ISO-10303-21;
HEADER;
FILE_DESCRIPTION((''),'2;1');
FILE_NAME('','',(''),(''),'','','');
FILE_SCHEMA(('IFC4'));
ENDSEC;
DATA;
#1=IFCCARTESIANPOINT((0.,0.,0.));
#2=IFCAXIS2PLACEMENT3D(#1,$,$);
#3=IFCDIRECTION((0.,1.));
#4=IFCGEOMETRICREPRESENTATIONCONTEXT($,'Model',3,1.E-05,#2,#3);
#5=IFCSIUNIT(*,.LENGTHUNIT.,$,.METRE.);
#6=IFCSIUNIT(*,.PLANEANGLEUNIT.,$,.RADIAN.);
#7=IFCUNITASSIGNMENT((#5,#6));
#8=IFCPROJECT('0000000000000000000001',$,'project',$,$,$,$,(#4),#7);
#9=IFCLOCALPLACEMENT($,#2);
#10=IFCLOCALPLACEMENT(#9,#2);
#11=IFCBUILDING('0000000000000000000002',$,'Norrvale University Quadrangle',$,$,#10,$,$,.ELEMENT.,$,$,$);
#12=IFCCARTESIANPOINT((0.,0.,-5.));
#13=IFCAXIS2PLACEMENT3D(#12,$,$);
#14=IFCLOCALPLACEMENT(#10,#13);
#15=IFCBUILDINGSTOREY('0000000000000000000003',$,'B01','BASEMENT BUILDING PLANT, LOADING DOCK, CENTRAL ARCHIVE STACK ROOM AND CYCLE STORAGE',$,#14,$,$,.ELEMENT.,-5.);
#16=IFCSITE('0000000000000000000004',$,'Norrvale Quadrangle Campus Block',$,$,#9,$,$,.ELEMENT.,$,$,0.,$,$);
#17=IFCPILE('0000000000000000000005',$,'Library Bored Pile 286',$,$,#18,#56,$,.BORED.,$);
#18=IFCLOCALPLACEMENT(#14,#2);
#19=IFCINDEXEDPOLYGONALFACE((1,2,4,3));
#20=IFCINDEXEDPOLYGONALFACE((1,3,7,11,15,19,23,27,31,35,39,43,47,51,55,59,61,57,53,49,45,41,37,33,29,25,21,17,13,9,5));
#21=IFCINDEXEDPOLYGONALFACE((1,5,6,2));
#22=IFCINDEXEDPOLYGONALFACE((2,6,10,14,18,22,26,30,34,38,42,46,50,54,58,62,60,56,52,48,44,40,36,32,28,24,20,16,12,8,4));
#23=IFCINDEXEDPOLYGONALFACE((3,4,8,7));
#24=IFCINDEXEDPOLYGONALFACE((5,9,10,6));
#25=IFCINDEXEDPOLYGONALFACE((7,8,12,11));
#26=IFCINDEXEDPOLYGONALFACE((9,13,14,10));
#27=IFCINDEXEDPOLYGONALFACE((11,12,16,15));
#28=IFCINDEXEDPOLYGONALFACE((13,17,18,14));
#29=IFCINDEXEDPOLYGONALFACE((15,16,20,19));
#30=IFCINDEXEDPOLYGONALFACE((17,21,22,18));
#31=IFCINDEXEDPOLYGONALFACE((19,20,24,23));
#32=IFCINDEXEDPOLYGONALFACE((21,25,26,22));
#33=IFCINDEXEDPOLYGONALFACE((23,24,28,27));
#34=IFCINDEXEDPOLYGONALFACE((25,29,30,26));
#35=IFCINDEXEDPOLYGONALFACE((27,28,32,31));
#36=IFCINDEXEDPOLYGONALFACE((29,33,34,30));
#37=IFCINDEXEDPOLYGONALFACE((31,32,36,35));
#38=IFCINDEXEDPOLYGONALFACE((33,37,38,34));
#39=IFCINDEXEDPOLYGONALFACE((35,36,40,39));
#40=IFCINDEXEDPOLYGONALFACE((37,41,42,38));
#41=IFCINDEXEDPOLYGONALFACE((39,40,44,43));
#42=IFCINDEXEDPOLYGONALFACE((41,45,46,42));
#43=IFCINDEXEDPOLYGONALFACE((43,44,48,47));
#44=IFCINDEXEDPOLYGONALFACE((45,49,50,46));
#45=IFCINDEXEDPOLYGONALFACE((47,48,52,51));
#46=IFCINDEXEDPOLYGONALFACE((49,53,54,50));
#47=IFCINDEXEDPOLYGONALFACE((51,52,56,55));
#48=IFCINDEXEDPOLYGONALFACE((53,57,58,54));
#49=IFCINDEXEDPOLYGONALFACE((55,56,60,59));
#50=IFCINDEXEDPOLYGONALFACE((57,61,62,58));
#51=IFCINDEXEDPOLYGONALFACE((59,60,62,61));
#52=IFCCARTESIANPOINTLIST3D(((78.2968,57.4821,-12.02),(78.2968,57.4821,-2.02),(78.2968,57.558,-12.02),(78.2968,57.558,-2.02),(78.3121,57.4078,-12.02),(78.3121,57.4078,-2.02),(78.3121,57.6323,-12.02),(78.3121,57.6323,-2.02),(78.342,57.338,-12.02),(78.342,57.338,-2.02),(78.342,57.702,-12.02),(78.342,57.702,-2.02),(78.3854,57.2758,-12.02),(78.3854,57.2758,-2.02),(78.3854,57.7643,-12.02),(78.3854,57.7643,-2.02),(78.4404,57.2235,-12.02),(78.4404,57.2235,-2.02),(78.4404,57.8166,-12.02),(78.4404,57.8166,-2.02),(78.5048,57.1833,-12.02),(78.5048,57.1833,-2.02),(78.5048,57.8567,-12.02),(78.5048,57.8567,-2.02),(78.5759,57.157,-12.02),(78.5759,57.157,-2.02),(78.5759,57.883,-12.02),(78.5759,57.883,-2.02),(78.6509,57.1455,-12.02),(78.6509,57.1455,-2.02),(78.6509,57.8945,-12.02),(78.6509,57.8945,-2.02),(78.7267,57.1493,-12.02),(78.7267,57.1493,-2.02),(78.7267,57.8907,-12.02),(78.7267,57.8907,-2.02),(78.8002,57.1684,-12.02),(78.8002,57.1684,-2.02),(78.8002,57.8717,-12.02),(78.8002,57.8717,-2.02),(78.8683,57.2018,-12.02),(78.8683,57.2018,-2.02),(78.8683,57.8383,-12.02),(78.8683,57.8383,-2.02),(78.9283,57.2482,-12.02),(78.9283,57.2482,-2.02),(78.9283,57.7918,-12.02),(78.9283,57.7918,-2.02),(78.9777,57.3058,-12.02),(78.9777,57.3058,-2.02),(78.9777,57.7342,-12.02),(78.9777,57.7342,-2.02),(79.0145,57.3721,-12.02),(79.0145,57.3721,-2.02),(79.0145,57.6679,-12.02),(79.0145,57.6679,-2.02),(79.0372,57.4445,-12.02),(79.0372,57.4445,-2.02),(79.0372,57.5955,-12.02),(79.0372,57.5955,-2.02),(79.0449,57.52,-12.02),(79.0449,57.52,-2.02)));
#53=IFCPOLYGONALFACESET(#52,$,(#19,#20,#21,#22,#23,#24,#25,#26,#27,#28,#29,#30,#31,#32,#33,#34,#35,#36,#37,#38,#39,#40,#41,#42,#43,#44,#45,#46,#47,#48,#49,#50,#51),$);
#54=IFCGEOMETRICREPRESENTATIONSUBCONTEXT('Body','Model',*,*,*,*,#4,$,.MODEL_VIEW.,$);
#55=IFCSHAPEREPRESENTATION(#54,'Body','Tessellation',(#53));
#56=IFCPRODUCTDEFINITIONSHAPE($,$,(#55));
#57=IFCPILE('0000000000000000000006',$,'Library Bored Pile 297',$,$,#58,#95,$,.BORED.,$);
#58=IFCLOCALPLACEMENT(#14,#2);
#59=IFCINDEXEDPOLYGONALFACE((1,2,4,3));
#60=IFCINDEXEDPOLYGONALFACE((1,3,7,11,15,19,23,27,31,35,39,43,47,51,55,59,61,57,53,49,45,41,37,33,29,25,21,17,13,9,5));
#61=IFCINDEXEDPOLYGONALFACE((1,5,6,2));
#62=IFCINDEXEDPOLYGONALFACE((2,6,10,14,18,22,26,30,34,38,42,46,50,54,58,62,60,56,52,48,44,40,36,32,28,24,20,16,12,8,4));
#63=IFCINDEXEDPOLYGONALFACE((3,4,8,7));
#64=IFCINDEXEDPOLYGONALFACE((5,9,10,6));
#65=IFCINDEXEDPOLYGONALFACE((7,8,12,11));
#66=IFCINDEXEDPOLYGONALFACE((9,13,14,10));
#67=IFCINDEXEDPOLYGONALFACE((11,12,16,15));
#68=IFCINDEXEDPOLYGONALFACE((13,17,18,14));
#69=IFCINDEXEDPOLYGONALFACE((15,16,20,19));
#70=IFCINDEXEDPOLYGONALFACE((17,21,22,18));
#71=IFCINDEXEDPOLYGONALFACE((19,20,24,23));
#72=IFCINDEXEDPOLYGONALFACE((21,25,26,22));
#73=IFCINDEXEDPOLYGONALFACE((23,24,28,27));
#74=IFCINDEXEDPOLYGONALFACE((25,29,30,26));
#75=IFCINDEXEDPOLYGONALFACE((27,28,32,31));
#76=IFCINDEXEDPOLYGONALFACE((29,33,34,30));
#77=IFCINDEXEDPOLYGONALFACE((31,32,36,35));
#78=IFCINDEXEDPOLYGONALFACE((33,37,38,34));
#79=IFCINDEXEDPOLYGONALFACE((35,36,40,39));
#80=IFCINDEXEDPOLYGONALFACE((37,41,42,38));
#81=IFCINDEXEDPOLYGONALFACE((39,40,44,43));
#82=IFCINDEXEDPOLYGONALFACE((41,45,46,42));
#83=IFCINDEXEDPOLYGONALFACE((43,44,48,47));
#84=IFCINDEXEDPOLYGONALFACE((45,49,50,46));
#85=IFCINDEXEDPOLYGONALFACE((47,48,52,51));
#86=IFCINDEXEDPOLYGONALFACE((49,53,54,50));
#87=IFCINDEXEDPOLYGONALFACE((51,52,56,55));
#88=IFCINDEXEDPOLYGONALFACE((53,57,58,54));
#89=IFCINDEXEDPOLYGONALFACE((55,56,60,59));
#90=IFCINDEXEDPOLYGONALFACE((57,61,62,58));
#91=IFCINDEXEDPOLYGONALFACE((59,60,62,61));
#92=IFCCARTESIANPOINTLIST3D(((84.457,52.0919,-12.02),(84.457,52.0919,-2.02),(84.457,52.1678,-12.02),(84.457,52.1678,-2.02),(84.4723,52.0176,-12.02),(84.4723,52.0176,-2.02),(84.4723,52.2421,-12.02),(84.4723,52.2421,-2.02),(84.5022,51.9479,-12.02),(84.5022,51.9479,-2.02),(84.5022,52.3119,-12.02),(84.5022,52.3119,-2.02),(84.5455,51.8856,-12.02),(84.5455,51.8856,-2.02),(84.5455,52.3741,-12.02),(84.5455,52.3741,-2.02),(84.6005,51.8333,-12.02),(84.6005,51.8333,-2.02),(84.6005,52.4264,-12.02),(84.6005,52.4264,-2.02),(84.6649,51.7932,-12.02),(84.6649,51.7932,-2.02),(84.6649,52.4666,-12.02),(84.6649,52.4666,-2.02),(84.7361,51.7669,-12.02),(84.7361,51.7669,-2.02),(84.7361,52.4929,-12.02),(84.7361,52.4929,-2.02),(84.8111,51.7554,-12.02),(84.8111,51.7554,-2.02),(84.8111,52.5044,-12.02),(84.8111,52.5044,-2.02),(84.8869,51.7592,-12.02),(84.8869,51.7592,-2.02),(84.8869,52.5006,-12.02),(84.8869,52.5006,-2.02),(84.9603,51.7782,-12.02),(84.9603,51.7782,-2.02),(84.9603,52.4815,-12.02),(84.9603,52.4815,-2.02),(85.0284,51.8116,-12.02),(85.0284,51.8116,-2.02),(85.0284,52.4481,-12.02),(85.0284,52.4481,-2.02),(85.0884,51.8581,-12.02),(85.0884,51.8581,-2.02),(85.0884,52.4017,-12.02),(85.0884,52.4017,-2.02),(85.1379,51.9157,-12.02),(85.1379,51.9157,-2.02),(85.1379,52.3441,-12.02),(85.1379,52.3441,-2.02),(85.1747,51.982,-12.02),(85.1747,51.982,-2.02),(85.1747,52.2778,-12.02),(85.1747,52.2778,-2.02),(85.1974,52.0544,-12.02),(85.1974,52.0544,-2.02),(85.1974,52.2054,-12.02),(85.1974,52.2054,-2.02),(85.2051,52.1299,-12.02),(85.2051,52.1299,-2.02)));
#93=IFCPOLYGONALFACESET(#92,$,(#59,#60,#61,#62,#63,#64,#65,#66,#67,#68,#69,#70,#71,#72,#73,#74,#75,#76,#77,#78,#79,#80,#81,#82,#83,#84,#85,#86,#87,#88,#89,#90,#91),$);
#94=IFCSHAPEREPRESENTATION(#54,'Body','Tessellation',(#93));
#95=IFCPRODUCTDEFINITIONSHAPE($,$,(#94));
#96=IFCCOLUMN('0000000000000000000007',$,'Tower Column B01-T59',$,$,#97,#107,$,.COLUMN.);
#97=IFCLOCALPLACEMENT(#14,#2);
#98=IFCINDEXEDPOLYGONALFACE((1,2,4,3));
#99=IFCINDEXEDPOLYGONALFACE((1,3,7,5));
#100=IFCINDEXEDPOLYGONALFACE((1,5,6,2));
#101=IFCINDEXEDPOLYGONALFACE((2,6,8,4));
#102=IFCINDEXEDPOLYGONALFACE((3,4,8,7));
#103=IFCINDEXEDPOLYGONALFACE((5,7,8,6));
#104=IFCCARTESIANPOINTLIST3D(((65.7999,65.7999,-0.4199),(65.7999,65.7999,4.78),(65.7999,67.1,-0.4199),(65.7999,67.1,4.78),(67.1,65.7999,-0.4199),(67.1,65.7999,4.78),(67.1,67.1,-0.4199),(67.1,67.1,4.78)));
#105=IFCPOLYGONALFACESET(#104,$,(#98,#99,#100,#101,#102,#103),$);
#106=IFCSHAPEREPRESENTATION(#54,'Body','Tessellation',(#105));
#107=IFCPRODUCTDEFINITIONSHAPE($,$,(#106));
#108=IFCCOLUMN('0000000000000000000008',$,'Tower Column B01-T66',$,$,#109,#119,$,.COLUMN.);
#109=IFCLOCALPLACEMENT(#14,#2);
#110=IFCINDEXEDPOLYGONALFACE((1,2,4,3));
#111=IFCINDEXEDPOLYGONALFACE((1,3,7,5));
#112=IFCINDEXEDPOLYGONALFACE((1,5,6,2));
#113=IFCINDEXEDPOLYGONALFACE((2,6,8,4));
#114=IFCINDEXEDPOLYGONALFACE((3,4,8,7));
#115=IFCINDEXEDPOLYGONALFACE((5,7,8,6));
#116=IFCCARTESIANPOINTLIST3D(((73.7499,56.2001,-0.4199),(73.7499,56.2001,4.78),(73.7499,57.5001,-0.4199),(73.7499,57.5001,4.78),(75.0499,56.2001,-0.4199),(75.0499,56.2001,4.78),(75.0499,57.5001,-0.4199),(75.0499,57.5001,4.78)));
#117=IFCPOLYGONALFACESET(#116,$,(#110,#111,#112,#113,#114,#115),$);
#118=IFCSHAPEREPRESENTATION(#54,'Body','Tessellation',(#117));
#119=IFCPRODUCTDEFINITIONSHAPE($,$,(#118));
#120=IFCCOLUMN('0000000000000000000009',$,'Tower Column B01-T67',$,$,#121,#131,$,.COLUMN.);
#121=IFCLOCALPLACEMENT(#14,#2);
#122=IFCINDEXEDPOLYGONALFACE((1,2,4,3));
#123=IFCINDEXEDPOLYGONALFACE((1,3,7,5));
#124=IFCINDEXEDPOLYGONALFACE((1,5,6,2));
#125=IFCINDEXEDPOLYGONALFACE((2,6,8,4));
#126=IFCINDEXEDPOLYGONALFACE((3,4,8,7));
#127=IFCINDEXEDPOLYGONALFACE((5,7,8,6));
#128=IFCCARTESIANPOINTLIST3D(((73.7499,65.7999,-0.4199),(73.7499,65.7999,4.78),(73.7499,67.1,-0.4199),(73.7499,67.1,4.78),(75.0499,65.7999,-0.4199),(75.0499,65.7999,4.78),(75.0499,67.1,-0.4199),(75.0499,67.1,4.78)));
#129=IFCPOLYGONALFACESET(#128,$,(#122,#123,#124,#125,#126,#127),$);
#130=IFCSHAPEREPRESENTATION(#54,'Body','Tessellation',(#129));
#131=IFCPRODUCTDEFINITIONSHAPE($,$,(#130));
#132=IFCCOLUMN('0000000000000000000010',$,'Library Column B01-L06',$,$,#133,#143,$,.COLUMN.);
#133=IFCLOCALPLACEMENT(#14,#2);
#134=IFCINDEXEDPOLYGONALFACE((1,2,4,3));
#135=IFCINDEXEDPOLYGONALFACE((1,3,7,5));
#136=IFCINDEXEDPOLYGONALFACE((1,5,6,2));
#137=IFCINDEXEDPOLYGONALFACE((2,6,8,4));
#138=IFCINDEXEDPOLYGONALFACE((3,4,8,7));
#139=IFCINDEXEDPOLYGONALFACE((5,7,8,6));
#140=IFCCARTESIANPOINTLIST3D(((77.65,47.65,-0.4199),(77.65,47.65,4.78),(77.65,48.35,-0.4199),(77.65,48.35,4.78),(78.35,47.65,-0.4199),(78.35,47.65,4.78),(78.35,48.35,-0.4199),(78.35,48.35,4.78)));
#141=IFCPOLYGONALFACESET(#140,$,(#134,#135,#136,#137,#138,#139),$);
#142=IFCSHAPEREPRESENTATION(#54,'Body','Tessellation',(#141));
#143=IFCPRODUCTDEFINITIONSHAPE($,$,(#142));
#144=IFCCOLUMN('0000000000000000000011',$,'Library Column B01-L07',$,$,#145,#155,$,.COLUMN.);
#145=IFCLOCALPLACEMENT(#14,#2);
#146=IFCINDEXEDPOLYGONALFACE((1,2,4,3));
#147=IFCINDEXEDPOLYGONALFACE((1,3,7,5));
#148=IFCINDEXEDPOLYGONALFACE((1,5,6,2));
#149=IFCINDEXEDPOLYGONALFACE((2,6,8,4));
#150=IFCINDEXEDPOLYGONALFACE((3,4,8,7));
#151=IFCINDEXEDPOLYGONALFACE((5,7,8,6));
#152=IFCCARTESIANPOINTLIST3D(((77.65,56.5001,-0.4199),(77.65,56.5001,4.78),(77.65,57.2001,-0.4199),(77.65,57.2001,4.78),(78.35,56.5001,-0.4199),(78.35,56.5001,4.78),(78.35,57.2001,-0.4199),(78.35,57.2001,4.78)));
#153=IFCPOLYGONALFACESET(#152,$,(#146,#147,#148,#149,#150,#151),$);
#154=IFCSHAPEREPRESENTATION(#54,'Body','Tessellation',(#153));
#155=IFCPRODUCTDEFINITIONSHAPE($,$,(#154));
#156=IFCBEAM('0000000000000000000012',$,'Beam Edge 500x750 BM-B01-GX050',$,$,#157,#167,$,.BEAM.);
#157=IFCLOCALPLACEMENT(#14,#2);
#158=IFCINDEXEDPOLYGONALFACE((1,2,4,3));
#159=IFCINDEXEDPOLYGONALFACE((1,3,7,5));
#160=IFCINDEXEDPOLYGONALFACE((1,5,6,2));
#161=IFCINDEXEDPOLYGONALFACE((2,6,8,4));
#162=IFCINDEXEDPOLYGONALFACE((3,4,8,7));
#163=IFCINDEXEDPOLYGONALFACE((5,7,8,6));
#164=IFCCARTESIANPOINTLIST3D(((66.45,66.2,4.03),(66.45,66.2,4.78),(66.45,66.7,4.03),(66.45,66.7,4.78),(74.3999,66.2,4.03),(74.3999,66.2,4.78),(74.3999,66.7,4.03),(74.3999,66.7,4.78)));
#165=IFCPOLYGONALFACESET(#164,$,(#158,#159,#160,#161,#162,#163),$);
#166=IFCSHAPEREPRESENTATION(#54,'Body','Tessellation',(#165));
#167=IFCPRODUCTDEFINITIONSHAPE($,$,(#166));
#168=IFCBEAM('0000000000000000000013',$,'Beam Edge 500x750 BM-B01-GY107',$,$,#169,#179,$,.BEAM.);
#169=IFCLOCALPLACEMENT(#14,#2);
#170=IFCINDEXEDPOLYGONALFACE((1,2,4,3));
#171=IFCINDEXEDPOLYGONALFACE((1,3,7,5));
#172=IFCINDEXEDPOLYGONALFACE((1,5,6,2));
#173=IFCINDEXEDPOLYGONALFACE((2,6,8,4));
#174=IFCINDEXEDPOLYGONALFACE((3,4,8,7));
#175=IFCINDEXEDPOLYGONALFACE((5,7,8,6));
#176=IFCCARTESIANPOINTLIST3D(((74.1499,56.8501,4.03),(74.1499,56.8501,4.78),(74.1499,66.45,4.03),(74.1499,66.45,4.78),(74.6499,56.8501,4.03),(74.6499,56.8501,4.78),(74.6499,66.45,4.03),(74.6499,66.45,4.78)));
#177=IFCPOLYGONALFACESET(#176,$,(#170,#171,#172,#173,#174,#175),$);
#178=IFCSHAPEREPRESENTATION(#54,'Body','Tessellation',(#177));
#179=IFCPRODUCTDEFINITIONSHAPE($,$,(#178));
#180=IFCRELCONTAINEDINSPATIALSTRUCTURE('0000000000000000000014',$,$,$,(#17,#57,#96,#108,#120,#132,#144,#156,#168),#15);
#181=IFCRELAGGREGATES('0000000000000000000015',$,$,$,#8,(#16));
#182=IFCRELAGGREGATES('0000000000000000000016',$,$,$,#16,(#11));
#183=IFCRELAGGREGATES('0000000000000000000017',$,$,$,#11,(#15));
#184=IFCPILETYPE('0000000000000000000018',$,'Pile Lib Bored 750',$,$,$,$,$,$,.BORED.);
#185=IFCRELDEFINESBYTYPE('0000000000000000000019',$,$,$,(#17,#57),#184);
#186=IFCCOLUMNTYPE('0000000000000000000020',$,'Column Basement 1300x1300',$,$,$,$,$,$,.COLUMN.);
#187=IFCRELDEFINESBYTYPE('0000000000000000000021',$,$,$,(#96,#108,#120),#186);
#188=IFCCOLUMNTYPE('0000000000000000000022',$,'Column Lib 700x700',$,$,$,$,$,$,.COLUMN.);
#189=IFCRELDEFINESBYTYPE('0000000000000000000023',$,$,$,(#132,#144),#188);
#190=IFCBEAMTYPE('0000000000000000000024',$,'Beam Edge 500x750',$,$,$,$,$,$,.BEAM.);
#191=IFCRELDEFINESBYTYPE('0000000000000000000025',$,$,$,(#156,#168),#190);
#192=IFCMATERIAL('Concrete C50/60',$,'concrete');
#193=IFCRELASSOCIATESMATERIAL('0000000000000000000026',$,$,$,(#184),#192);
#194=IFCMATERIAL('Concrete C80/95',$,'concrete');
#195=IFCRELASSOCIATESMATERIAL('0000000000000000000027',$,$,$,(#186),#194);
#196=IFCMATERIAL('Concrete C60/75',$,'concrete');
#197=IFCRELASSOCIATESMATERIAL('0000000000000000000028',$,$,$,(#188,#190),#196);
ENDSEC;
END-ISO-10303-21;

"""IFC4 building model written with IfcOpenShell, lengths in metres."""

from ifc_helpers import new_model, si_unit, direction, frame, origin, origin_2d, place, context, subcontext, project, spatial, rectangle, circle, extrude, material, material_profile, profile_set, type_object, element, save


model = new_model("IFC4")

# Units and contexts
model_context = context("Model", 3, precision=1e-05, world=origin(), true_north=direction((0.0, 1.0)))
body_context = subcontext(model_context, "Body", "Model", "MODEL_VIEW")
ifc_project = project(units=[si_unit("LENGTHUNIT", "METRE"), si_unit("PLANEANGLEUNIT", "RADIAN")], contexts=[model_context])

# Site, building, storey
site_placement = place(None, origin())
site = spatial("IfcSite", under=ifc_project, at=site_placement, Name="Norrvale Quadrangle Campus Block", CompositionType="ELEMENT", RefElevation=0.0)
building_placement = place(site_placement, origin())
building = spatial("IfcBuilding", under=site, at=building_placement, Name="Norrvale University Quadrangle", CompositionType="ELEMENT")
storey_placement = place(building_placement, frame((0.0, 0.0, -5.0)))
storey = spatial("IfcBuildingStorey", under=building, at=storey_placement, Name="B01", Description="BASEMENT BUILDING PLANT, LOADING DOCK, CENTRAL ARCHIVE STACK ROOM AND CYCLE STORAGE", CompositionType="ELEMENT", Elevation=-5.0)

# Shared definitions
ifc_material_1 = material(Name="Concrete C50/60", Category="concrete")

# Piles
ifc_material_profile_1 = material_profile(ifc_material_1, circle(Radius=0.375, at=origin_2d()), Name="Concrete C50/60")
ifc_profile_set_1 = profile_set([ifc_material_profile_1], Name="Concrete C50/60")
pile_type_1 = type_object("IfcPileType", Name="Pile Lib Bored 750", PredefinedType="BORED", material=ifc_profile_set_1)
for number, where, z_axis, x_axis, name in (
    (1, (78.6699, 57.52, -2.02), (0.0, 0.0, -1.0), (1.0, 0.0, 0.0), "Library Bored Pile 286"),
    (2, (84.8301, 52.1299, -2.02), (0.0, 0.0, -1.0), (1.0, 0.0, 0.0), "Library Bored Pile 297"),
):
    element("IfcPile", number, at=place(storey_placement, frame(where, z_axis=z_axis, x_axis=x_axis)), inside=storey, type_object=pile_type_1, Name=name, PredefinedType="BORED", context=body_context, shape_type="SweptSolid", body=[
        extrude(circle(Radius=0.375, at=origin_2d()), origin(), (0.0, 0.0, 1.0), 10.0),
    ])

# Columns
ifc_material_2 = material(Name="Concrete C80/95", Category="concrete")
ifc_material_profile_2 = material_profile(ifc_material_2, rectangle(XDim=1.3, YDim=1.3, at=origin_2d()), Name="Concrete C80/95")
ifc_profile_set_2 = profile_set([ifc_material_profile_2], Name="Concrete C80/95")
column_type_1 = type_object("IfcColumnType", Name="Column Basement 1300x1300", PredefinedType="COLUMN", material=ifc_profile_set_2)
for number, where, z_axis, x_axis, name in (
    (3, (66.45, 66.45, -0.4199), (0.0, 0.0, 1.0), (1.0, 0.0, 0.0), "Tower Column B01-T59"),
    (4, (74.3999, 56.8501, -0.4199), (0.0, 0.0, 1.0), (1.0, 0.0, 0.0), "Tower Column B01-T66"),
    (5, (74.3999, 66.45, -0.4199), (0.0, 0.0, 1.0), (1.0, 0.0, 0.0), "Tower Column B01-T67"),
):
    element("IfcColumn", number, at=place(storey_placement, frame(where, z_axis=z_axis, x_axis=x_axis)), inside=storey, type_object=column_type_1, Name=name, PredefinedType="COLUMN", context=body_context, shape_type="SweptSolid", body=[
        extrude(rectangle(XDim=1.3, YDim=1.3, at=origin_2d()), origin(), (0.0, 0.0, 1.0), 5.2),
    ])
ifc_material_3 = material(Name="Concrete C60/75", Category="concrete")
ifc_material_profile_3 = material_profile(ifc_material_3, rectangle(XDim=0.7, YDim=0.7, at=origin_2d()), Name="Concrete C60/75")
ifc_profile_set_3 = profile_set([ifc_material_profile_3], Name="Concrete C60/75")
column_type_2 = type_object("IfcColumnType", Name="Column Lib 700x700", PredefinedType="COLUMN", material=ifc_profile_set_3)
for number, where, z_axis, x_axis, name in (
    (6, (78.0, 48.0, -0.4199), (0.0, 0.0, 1.0), (1.0, 0.0, 0.0), "Library Column B01-L06"),
    (7, (78.0, 56.8501, -0.4199), (0.0, 0.0, 1.0), (1.0, 0.0, 0.0), "Library Column B01-L07"),
):
    element("IfcColumn", number, at=place(storey_placement, frame(where, z_axis=z_axis, x_axis=x_axis)), inside=storey, type_object=column_type_2, Name=name, PredefinedType="COLUMN", context=body_context, shape_type="SweptSolid", body=[
        extrude(rectangle(XDim=0.7, YDim=0.7, at=origin_2d()), origin(), (0.0, 0.0, 1.0), 5.2),
    ])

# Beams
ifc_material_profile_4 = material_profile(ifc_material_3, rectangle(XDim=0.5, YDim=0.75, at=origin_2d()), Name="Concrete C60/75")
ifc_profile_set_4 = profile_set([ifc_material_profile_4], Name="Concrete C60/75")
beam_type_1 = type_object("IfcBeamType", Name="Beam Edge 500x750", PredefinedType="BEAM", material=ifc_profile_set_4)
beam_1_placement = place(storey_placement, frame((66.45, 66.45, 4.405), z_axis=(1.0, 0.0, 0.0), x_axis=(0.0, 1.0, 0.0)))
element("IfcBeam", 8, at=beam_1_placement, inside=storey, type_object=beam_type_1, Name="Beam Edge 500x750 BM-B01-GX050", PredefinedType="BEAM", context=body_context, shape_type="SweptSolid", body=[
    extrude(rectangle(XDim=0.5, YDim=0.75, at=origin_2d()), origin(), (0.0, 0.0, 1.0), 7.95),
])
beam_2_placement = place(storey_placement, frame((74.3999, 56.8501, 4.405), z_axis=(0.0, 1.0, 0.0), x_axis=(-1.0, 0.0, 0.0)))
element("IfcBeam", 9, at=beam_2_placement, inside=storey, type_object=beam_type_1, Name="Beam Edge 500x750 BM-B01-GY107", PredefinedType="BEAM", context=body_context, shape_type="SweptSolid", body=[
    extrude(rectangle(XDim=0.5, YDim=0.75, at=origin_2d()), origin(), (0.0, 0.0, 1.0), 9.5999),
])

save(model, "model.ifc")
